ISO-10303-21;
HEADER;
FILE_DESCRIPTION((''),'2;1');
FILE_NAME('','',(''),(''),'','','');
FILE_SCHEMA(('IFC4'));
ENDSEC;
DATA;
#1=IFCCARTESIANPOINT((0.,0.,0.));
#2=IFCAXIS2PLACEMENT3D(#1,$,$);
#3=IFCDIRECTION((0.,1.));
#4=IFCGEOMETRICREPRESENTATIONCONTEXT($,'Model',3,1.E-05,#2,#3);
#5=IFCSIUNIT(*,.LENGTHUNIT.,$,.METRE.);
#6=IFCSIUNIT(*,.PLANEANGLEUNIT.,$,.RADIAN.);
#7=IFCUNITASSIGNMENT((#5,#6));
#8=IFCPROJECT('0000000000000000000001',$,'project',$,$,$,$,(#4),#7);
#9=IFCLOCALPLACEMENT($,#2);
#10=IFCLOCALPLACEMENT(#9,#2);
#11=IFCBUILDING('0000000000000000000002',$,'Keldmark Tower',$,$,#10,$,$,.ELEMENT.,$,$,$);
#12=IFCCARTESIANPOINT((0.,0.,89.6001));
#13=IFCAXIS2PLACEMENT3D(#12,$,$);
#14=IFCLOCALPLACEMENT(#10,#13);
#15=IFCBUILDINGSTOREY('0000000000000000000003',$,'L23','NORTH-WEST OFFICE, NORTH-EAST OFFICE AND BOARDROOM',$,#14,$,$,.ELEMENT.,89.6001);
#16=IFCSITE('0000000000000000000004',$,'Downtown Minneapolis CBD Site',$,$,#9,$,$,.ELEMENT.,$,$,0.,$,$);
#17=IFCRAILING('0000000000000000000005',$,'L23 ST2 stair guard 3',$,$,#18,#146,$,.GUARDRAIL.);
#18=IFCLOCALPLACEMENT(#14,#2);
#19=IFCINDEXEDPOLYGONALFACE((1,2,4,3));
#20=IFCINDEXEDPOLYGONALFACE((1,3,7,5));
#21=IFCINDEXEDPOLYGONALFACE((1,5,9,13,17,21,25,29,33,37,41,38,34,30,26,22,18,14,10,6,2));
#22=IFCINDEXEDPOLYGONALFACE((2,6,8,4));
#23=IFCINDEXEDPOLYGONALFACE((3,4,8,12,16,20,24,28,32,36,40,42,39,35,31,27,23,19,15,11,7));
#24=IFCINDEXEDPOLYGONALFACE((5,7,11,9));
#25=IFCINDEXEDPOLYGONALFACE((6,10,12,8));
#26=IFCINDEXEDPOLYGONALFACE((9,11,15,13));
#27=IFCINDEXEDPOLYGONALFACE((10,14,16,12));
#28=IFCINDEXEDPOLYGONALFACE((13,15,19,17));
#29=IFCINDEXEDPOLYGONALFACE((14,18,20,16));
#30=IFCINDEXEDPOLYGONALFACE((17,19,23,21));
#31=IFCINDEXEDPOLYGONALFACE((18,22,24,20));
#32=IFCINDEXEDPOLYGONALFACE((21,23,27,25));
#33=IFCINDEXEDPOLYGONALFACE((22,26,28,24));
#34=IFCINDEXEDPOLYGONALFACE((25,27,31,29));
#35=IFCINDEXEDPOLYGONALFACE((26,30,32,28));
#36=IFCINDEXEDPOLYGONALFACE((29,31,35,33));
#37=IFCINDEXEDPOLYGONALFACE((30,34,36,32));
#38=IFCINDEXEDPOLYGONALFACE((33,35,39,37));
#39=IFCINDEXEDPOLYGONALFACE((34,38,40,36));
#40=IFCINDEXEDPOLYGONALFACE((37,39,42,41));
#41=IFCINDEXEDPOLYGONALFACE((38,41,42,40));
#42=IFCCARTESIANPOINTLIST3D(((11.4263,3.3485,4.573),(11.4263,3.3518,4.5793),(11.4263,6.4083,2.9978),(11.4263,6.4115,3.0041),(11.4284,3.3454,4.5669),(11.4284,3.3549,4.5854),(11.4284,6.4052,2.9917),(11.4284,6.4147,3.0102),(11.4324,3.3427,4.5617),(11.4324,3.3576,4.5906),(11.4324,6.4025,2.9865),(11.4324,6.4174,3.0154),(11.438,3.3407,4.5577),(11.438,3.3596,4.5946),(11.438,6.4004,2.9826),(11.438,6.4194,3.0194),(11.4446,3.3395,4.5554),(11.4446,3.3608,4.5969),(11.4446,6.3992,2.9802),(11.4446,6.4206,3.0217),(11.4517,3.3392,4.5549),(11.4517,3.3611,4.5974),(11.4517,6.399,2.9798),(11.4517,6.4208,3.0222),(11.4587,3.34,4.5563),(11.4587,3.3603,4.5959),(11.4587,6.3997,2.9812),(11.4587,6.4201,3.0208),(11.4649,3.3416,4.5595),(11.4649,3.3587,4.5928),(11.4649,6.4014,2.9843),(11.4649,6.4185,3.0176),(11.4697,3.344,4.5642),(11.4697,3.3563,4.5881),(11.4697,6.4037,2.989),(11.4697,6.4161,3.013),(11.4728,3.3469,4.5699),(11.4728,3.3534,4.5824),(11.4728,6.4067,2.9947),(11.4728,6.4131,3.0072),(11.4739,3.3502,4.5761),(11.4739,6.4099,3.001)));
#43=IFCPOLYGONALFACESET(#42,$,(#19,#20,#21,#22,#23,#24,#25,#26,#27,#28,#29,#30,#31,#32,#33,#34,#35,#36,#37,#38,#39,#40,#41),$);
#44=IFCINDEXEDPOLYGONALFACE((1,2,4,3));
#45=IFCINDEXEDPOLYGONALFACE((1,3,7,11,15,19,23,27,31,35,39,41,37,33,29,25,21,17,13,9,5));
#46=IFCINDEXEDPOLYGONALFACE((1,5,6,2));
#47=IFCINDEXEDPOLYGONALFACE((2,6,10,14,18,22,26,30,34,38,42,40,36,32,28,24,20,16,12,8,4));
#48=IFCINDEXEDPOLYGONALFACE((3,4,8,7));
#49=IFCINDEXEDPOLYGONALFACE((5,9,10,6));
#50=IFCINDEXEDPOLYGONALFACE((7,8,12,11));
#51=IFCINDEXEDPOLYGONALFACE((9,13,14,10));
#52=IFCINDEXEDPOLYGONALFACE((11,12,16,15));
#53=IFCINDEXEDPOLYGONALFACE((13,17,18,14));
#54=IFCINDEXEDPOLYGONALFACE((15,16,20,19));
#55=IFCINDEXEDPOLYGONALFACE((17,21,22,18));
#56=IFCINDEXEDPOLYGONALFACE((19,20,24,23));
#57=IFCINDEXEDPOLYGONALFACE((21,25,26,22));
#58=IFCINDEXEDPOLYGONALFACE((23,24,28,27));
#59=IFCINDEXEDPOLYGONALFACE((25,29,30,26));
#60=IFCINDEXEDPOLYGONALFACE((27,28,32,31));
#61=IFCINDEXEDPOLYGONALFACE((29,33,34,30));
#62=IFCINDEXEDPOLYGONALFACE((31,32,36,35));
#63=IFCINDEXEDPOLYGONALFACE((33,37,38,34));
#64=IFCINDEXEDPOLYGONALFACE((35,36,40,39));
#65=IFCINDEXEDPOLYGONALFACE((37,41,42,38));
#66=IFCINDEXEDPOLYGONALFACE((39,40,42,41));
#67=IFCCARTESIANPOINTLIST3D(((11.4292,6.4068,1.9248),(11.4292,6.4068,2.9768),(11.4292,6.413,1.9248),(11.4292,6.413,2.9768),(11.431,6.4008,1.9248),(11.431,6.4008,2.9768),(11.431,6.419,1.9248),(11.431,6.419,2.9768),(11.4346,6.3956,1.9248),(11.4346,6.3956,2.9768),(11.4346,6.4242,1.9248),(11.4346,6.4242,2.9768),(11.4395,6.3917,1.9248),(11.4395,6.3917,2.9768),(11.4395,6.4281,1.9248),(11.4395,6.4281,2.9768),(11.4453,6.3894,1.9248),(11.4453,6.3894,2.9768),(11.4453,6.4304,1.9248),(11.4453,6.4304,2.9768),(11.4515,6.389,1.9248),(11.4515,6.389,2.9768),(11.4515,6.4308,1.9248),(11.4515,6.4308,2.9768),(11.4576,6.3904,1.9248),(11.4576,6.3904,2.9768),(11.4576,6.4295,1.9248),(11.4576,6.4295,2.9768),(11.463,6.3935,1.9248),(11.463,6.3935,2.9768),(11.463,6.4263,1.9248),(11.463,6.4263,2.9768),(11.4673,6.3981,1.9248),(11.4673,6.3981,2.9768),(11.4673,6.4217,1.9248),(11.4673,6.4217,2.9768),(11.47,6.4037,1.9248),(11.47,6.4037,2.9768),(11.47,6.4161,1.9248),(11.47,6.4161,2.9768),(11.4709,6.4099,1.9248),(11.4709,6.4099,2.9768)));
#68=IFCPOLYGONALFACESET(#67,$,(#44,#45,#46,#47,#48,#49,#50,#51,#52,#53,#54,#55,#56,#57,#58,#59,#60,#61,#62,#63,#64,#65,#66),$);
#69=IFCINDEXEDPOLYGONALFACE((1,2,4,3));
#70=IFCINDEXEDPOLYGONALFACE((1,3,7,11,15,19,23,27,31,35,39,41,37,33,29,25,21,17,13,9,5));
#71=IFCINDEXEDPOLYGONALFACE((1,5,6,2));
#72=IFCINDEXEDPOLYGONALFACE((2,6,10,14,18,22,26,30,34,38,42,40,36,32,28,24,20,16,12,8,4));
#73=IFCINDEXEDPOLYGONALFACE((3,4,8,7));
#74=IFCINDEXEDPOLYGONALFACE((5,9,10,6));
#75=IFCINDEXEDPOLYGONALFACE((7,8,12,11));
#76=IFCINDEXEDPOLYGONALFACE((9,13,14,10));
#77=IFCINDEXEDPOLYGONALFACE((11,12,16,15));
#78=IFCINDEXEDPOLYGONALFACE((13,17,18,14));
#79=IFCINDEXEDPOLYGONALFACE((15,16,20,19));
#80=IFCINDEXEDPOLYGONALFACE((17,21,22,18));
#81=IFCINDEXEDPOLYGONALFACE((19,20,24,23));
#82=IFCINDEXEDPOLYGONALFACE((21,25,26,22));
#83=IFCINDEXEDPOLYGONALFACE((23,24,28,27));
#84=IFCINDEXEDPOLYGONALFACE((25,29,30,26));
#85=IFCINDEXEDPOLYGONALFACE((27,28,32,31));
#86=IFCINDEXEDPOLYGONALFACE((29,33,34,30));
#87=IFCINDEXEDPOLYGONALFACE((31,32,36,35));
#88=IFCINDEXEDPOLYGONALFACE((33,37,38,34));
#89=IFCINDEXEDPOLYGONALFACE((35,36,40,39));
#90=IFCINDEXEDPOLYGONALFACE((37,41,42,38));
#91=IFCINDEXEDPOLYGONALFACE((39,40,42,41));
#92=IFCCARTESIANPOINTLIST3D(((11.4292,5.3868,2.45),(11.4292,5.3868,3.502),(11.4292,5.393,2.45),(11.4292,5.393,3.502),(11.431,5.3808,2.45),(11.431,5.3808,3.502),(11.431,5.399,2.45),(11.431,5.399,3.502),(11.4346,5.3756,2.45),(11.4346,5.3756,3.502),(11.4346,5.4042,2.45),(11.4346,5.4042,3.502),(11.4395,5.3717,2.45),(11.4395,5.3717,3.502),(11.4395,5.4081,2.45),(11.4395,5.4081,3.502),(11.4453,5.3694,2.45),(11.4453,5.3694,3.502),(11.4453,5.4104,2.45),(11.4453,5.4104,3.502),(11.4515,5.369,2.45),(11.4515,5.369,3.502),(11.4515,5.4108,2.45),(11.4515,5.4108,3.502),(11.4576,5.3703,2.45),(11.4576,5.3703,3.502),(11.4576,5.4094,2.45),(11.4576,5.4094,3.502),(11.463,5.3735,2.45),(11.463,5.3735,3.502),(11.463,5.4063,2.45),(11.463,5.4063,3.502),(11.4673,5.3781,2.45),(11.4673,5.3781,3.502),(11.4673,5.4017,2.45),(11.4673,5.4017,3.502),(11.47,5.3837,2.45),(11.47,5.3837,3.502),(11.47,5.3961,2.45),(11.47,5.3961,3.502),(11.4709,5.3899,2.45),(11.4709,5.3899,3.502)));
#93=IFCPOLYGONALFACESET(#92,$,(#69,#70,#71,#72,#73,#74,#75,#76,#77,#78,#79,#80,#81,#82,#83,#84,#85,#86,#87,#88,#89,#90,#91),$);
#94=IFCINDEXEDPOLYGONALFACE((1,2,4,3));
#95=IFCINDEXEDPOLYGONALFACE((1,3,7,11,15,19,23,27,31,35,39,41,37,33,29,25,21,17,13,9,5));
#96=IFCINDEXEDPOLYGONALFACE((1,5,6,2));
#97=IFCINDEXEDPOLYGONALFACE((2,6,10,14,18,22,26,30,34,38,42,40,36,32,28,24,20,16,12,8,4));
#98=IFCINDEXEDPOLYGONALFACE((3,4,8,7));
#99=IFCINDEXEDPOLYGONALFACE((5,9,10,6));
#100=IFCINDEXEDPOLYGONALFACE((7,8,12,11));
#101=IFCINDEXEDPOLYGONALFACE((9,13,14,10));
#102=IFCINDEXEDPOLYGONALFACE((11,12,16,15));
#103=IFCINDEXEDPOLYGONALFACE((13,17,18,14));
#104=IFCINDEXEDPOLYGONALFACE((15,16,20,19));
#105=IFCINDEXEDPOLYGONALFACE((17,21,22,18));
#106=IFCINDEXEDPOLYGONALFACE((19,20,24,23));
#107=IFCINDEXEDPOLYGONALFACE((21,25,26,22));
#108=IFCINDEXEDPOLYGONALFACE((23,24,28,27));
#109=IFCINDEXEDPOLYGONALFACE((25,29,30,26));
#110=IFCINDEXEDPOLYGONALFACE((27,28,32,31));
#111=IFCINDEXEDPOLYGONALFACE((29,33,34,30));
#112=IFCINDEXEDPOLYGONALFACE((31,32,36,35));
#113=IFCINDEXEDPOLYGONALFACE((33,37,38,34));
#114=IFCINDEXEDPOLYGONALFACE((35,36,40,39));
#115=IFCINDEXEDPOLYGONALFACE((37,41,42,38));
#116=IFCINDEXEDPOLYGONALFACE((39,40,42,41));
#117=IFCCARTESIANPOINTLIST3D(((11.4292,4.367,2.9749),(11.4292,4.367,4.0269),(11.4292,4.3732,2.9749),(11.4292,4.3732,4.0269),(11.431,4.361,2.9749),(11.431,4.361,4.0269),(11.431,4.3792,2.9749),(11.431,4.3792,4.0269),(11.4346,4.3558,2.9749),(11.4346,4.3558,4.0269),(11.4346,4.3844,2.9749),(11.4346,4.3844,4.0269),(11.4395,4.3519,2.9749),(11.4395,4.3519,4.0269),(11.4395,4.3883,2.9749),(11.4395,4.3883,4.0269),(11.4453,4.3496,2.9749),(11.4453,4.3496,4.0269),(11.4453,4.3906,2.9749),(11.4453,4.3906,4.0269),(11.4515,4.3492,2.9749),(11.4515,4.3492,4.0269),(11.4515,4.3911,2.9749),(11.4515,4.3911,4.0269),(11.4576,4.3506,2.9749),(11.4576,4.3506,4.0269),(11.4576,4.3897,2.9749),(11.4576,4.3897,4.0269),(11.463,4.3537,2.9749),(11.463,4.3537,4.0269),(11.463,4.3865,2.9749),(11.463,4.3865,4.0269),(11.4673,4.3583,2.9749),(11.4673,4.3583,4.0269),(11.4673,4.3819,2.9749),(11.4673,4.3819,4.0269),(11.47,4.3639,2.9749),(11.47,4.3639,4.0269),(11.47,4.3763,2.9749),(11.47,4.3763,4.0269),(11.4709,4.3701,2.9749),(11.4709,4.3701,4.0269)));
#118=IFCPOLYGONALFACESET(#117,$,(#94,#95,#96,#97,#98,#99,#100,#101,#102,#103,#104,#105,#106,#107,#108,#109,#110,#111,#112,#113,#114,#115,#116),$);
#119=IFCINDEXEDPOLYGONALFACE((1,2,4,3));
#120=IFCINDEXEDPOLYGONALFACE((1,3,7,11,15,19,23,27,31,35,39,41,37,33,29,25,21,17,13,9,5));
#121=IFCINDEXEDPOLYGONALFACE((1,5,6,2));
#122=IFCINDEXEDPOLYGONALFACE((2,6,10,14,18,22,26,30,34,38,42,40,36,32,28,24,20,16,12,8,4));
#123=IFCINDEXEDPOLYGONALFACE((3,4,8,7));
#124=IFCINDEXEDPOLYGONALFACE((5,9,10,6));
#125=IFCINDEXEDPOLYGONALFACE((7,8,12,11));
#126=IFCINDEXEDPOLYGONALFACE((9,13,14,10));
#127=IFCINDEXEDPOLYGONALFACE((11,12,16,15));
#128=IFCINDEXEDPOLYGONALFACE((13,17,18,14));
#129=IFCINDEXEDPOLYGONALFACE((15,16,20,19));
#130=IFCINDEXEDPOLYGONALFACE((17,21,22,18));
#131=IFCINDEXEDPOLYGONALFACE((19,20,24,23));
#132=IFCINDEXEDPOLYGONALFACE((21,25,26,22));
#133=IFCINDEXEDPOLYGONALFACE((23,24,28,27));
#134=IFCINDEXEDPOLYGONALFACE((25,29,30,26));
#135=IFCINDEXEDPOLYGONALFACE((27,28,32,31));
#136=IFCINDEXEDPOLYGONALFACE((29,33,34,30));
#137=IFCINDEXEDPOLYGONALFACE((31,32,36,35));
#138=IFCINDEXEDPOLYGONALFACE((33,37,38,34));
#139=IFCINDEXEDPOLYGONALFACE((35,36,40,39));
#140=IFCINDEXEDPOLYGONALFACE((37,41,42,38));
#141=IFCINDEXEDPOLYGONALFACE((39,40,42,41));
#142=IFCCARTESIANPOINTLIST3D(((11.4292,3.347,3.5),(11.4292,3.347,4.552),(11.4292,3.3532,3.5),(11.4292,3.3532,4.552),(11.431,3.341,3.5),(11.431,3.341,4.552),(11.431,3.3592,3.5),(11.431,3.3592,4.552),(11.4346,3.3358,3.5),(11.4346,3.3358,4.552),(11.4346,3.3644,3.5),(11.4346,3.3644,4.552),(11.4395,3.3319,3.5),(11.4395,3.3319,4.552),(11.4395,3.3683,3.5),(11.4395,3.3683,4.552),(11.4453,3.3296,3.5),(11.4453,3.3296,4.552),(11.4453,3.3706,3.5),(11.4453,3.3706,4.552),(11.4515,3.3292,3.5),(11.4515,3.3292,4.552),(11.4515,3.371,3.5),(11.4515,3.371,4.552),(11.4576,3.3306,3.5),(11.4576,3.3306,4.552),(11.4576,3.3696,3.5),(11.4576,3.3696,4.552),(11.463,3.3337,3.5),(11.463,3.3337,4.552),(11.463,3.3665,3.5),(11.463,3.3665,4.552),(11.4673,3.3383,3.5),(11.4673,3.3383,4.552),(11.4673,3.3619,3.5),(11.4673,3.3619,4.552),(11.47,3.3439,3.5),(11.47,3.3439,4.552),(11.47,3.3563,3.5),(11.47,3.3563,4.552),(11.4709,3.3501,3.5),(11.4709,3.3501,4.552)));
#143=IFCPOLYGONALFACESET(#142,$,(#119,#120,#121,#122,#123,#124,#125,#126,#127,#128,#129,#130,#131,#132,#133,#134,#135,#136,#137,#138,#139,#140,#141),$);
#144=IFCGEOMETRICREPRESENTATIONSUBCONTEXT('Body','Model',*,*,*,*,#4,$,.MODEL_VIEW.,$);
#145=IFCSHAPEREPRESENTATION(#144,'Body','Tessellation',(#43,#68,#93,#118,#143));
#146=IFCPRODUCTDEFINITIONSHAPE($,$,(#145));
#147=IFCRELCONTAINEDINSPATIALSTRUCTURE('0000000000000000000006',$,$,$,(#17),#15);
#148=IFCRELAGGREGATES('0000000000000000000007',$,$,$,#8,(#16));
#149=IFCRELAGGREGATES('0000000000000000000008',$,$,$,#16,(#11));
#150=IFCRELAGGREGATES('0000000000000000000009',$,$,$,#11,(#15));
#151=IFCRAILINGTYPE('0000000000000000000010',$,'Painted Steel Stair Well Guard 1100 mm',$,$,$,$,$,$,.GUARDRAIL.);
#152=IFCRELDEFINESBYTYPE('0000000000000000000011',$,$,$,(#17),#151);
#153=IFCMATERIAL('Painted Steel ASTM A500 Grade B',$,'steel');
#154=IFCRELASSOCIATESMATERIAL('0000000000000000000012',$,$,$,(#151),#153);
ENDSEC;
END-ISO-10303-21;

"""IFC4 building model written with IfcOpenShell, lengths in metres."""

from ifc_helpers import new_model, si_unit, direction, frame, origin, origin_2d, place, context, subcontext, project, spatial, circle, extrude, material, type_object, element, save


model = new_model("IFC4")

# Units and contexts
model_context = context("Model", 3, precision=1e-05, world=origin(), true_north=direction((0.0, 1.0)))
body_context = subcontext(model_context, "Body", "Model", "MODEL_VIEW")
ifc_project = project(units=[si_unit("LENGTHUNIT", "METRE"), si_unit("PLANEANGLEUNIT", "RADIAN")], contexts=[model_context])

# Site, building, storey
site_placement = place(None, origin())
site = spatial("IfcSite", under=ifc_project, at=site_placement, Name="Downtown Minneapolis CBD Site", CompositionType="ELEMENT", RefElevation=0.0)
building_placement = place(site_placement, origin())
building = spatial("IfcBuilding", under=site, at=building_placement, Name="Keldmark Tower", CompositionType="ELEMENT")
storey_placement = place(building_placement, frame((0.0, 0.0, 89.6001)))
storey = spatial("IfcBuildingStorey", under=building, at=storey_placement, Name="L23", Description="NORTH-WEST OFFICE, NORTH-EAST OFFICE AND BOARDROOM", CompositionType="ELEMENT", Elevation=89.6001)

# Railing
ifc_material_1 = material(Name="Painted Steel ASTM A500 Grade B", Category="steel")
railing_type_1 = type_object("IfcRailingType", Name="Painted Steel Stair Well Guard 1100 mm", PredefinedType="GUARDRAIL", material=ifc_material_1)
railing_1_placement = place(storey_placement, frame((11.45, 6.4099, 1.9248)))
element("IfcRailing", 1, at=railing_1_placement, inside=storey, type_object=railing_type_1, Name="L23 ST2 stair guard 3", PredefinedType="GUARDRAIL", context=body_context, shape_type="SweptSolid", body=[
    extrude(circle(Radius=0.0239, at=origin_2d()), frame((0.0, 0.0, 1.0762), z_axis=(0.0, -0.889101, 0.45771), x_axis=(1.0, 0.0, 0.0)), (0.0, 0.0, 1.0), 3.4414),
    extrude(circle(Radius=0.021, at=origin_2d()), origin(), (0.0, 0.0, 1.0), 1.052),
    extrude(circle(Radius=0.021, at=origin_2d()), frame((0.0, -1.02, 0.5251)), (0.0, 0.0, 1.0), 1.052),
    extrude(circle(Radius=0.021, at=origin_2d()), frame((0.0, -2.0398, 1.05)), (0.0, 0.0, 1.0), 1.052),
    extrude(circle(Radius=0.021, at=origin_2d()), frame((0.0, -3.0598, 1.5752)), (0.0, 0.0, 1.0), 1.052),
])

save(model, "model.ifc")
